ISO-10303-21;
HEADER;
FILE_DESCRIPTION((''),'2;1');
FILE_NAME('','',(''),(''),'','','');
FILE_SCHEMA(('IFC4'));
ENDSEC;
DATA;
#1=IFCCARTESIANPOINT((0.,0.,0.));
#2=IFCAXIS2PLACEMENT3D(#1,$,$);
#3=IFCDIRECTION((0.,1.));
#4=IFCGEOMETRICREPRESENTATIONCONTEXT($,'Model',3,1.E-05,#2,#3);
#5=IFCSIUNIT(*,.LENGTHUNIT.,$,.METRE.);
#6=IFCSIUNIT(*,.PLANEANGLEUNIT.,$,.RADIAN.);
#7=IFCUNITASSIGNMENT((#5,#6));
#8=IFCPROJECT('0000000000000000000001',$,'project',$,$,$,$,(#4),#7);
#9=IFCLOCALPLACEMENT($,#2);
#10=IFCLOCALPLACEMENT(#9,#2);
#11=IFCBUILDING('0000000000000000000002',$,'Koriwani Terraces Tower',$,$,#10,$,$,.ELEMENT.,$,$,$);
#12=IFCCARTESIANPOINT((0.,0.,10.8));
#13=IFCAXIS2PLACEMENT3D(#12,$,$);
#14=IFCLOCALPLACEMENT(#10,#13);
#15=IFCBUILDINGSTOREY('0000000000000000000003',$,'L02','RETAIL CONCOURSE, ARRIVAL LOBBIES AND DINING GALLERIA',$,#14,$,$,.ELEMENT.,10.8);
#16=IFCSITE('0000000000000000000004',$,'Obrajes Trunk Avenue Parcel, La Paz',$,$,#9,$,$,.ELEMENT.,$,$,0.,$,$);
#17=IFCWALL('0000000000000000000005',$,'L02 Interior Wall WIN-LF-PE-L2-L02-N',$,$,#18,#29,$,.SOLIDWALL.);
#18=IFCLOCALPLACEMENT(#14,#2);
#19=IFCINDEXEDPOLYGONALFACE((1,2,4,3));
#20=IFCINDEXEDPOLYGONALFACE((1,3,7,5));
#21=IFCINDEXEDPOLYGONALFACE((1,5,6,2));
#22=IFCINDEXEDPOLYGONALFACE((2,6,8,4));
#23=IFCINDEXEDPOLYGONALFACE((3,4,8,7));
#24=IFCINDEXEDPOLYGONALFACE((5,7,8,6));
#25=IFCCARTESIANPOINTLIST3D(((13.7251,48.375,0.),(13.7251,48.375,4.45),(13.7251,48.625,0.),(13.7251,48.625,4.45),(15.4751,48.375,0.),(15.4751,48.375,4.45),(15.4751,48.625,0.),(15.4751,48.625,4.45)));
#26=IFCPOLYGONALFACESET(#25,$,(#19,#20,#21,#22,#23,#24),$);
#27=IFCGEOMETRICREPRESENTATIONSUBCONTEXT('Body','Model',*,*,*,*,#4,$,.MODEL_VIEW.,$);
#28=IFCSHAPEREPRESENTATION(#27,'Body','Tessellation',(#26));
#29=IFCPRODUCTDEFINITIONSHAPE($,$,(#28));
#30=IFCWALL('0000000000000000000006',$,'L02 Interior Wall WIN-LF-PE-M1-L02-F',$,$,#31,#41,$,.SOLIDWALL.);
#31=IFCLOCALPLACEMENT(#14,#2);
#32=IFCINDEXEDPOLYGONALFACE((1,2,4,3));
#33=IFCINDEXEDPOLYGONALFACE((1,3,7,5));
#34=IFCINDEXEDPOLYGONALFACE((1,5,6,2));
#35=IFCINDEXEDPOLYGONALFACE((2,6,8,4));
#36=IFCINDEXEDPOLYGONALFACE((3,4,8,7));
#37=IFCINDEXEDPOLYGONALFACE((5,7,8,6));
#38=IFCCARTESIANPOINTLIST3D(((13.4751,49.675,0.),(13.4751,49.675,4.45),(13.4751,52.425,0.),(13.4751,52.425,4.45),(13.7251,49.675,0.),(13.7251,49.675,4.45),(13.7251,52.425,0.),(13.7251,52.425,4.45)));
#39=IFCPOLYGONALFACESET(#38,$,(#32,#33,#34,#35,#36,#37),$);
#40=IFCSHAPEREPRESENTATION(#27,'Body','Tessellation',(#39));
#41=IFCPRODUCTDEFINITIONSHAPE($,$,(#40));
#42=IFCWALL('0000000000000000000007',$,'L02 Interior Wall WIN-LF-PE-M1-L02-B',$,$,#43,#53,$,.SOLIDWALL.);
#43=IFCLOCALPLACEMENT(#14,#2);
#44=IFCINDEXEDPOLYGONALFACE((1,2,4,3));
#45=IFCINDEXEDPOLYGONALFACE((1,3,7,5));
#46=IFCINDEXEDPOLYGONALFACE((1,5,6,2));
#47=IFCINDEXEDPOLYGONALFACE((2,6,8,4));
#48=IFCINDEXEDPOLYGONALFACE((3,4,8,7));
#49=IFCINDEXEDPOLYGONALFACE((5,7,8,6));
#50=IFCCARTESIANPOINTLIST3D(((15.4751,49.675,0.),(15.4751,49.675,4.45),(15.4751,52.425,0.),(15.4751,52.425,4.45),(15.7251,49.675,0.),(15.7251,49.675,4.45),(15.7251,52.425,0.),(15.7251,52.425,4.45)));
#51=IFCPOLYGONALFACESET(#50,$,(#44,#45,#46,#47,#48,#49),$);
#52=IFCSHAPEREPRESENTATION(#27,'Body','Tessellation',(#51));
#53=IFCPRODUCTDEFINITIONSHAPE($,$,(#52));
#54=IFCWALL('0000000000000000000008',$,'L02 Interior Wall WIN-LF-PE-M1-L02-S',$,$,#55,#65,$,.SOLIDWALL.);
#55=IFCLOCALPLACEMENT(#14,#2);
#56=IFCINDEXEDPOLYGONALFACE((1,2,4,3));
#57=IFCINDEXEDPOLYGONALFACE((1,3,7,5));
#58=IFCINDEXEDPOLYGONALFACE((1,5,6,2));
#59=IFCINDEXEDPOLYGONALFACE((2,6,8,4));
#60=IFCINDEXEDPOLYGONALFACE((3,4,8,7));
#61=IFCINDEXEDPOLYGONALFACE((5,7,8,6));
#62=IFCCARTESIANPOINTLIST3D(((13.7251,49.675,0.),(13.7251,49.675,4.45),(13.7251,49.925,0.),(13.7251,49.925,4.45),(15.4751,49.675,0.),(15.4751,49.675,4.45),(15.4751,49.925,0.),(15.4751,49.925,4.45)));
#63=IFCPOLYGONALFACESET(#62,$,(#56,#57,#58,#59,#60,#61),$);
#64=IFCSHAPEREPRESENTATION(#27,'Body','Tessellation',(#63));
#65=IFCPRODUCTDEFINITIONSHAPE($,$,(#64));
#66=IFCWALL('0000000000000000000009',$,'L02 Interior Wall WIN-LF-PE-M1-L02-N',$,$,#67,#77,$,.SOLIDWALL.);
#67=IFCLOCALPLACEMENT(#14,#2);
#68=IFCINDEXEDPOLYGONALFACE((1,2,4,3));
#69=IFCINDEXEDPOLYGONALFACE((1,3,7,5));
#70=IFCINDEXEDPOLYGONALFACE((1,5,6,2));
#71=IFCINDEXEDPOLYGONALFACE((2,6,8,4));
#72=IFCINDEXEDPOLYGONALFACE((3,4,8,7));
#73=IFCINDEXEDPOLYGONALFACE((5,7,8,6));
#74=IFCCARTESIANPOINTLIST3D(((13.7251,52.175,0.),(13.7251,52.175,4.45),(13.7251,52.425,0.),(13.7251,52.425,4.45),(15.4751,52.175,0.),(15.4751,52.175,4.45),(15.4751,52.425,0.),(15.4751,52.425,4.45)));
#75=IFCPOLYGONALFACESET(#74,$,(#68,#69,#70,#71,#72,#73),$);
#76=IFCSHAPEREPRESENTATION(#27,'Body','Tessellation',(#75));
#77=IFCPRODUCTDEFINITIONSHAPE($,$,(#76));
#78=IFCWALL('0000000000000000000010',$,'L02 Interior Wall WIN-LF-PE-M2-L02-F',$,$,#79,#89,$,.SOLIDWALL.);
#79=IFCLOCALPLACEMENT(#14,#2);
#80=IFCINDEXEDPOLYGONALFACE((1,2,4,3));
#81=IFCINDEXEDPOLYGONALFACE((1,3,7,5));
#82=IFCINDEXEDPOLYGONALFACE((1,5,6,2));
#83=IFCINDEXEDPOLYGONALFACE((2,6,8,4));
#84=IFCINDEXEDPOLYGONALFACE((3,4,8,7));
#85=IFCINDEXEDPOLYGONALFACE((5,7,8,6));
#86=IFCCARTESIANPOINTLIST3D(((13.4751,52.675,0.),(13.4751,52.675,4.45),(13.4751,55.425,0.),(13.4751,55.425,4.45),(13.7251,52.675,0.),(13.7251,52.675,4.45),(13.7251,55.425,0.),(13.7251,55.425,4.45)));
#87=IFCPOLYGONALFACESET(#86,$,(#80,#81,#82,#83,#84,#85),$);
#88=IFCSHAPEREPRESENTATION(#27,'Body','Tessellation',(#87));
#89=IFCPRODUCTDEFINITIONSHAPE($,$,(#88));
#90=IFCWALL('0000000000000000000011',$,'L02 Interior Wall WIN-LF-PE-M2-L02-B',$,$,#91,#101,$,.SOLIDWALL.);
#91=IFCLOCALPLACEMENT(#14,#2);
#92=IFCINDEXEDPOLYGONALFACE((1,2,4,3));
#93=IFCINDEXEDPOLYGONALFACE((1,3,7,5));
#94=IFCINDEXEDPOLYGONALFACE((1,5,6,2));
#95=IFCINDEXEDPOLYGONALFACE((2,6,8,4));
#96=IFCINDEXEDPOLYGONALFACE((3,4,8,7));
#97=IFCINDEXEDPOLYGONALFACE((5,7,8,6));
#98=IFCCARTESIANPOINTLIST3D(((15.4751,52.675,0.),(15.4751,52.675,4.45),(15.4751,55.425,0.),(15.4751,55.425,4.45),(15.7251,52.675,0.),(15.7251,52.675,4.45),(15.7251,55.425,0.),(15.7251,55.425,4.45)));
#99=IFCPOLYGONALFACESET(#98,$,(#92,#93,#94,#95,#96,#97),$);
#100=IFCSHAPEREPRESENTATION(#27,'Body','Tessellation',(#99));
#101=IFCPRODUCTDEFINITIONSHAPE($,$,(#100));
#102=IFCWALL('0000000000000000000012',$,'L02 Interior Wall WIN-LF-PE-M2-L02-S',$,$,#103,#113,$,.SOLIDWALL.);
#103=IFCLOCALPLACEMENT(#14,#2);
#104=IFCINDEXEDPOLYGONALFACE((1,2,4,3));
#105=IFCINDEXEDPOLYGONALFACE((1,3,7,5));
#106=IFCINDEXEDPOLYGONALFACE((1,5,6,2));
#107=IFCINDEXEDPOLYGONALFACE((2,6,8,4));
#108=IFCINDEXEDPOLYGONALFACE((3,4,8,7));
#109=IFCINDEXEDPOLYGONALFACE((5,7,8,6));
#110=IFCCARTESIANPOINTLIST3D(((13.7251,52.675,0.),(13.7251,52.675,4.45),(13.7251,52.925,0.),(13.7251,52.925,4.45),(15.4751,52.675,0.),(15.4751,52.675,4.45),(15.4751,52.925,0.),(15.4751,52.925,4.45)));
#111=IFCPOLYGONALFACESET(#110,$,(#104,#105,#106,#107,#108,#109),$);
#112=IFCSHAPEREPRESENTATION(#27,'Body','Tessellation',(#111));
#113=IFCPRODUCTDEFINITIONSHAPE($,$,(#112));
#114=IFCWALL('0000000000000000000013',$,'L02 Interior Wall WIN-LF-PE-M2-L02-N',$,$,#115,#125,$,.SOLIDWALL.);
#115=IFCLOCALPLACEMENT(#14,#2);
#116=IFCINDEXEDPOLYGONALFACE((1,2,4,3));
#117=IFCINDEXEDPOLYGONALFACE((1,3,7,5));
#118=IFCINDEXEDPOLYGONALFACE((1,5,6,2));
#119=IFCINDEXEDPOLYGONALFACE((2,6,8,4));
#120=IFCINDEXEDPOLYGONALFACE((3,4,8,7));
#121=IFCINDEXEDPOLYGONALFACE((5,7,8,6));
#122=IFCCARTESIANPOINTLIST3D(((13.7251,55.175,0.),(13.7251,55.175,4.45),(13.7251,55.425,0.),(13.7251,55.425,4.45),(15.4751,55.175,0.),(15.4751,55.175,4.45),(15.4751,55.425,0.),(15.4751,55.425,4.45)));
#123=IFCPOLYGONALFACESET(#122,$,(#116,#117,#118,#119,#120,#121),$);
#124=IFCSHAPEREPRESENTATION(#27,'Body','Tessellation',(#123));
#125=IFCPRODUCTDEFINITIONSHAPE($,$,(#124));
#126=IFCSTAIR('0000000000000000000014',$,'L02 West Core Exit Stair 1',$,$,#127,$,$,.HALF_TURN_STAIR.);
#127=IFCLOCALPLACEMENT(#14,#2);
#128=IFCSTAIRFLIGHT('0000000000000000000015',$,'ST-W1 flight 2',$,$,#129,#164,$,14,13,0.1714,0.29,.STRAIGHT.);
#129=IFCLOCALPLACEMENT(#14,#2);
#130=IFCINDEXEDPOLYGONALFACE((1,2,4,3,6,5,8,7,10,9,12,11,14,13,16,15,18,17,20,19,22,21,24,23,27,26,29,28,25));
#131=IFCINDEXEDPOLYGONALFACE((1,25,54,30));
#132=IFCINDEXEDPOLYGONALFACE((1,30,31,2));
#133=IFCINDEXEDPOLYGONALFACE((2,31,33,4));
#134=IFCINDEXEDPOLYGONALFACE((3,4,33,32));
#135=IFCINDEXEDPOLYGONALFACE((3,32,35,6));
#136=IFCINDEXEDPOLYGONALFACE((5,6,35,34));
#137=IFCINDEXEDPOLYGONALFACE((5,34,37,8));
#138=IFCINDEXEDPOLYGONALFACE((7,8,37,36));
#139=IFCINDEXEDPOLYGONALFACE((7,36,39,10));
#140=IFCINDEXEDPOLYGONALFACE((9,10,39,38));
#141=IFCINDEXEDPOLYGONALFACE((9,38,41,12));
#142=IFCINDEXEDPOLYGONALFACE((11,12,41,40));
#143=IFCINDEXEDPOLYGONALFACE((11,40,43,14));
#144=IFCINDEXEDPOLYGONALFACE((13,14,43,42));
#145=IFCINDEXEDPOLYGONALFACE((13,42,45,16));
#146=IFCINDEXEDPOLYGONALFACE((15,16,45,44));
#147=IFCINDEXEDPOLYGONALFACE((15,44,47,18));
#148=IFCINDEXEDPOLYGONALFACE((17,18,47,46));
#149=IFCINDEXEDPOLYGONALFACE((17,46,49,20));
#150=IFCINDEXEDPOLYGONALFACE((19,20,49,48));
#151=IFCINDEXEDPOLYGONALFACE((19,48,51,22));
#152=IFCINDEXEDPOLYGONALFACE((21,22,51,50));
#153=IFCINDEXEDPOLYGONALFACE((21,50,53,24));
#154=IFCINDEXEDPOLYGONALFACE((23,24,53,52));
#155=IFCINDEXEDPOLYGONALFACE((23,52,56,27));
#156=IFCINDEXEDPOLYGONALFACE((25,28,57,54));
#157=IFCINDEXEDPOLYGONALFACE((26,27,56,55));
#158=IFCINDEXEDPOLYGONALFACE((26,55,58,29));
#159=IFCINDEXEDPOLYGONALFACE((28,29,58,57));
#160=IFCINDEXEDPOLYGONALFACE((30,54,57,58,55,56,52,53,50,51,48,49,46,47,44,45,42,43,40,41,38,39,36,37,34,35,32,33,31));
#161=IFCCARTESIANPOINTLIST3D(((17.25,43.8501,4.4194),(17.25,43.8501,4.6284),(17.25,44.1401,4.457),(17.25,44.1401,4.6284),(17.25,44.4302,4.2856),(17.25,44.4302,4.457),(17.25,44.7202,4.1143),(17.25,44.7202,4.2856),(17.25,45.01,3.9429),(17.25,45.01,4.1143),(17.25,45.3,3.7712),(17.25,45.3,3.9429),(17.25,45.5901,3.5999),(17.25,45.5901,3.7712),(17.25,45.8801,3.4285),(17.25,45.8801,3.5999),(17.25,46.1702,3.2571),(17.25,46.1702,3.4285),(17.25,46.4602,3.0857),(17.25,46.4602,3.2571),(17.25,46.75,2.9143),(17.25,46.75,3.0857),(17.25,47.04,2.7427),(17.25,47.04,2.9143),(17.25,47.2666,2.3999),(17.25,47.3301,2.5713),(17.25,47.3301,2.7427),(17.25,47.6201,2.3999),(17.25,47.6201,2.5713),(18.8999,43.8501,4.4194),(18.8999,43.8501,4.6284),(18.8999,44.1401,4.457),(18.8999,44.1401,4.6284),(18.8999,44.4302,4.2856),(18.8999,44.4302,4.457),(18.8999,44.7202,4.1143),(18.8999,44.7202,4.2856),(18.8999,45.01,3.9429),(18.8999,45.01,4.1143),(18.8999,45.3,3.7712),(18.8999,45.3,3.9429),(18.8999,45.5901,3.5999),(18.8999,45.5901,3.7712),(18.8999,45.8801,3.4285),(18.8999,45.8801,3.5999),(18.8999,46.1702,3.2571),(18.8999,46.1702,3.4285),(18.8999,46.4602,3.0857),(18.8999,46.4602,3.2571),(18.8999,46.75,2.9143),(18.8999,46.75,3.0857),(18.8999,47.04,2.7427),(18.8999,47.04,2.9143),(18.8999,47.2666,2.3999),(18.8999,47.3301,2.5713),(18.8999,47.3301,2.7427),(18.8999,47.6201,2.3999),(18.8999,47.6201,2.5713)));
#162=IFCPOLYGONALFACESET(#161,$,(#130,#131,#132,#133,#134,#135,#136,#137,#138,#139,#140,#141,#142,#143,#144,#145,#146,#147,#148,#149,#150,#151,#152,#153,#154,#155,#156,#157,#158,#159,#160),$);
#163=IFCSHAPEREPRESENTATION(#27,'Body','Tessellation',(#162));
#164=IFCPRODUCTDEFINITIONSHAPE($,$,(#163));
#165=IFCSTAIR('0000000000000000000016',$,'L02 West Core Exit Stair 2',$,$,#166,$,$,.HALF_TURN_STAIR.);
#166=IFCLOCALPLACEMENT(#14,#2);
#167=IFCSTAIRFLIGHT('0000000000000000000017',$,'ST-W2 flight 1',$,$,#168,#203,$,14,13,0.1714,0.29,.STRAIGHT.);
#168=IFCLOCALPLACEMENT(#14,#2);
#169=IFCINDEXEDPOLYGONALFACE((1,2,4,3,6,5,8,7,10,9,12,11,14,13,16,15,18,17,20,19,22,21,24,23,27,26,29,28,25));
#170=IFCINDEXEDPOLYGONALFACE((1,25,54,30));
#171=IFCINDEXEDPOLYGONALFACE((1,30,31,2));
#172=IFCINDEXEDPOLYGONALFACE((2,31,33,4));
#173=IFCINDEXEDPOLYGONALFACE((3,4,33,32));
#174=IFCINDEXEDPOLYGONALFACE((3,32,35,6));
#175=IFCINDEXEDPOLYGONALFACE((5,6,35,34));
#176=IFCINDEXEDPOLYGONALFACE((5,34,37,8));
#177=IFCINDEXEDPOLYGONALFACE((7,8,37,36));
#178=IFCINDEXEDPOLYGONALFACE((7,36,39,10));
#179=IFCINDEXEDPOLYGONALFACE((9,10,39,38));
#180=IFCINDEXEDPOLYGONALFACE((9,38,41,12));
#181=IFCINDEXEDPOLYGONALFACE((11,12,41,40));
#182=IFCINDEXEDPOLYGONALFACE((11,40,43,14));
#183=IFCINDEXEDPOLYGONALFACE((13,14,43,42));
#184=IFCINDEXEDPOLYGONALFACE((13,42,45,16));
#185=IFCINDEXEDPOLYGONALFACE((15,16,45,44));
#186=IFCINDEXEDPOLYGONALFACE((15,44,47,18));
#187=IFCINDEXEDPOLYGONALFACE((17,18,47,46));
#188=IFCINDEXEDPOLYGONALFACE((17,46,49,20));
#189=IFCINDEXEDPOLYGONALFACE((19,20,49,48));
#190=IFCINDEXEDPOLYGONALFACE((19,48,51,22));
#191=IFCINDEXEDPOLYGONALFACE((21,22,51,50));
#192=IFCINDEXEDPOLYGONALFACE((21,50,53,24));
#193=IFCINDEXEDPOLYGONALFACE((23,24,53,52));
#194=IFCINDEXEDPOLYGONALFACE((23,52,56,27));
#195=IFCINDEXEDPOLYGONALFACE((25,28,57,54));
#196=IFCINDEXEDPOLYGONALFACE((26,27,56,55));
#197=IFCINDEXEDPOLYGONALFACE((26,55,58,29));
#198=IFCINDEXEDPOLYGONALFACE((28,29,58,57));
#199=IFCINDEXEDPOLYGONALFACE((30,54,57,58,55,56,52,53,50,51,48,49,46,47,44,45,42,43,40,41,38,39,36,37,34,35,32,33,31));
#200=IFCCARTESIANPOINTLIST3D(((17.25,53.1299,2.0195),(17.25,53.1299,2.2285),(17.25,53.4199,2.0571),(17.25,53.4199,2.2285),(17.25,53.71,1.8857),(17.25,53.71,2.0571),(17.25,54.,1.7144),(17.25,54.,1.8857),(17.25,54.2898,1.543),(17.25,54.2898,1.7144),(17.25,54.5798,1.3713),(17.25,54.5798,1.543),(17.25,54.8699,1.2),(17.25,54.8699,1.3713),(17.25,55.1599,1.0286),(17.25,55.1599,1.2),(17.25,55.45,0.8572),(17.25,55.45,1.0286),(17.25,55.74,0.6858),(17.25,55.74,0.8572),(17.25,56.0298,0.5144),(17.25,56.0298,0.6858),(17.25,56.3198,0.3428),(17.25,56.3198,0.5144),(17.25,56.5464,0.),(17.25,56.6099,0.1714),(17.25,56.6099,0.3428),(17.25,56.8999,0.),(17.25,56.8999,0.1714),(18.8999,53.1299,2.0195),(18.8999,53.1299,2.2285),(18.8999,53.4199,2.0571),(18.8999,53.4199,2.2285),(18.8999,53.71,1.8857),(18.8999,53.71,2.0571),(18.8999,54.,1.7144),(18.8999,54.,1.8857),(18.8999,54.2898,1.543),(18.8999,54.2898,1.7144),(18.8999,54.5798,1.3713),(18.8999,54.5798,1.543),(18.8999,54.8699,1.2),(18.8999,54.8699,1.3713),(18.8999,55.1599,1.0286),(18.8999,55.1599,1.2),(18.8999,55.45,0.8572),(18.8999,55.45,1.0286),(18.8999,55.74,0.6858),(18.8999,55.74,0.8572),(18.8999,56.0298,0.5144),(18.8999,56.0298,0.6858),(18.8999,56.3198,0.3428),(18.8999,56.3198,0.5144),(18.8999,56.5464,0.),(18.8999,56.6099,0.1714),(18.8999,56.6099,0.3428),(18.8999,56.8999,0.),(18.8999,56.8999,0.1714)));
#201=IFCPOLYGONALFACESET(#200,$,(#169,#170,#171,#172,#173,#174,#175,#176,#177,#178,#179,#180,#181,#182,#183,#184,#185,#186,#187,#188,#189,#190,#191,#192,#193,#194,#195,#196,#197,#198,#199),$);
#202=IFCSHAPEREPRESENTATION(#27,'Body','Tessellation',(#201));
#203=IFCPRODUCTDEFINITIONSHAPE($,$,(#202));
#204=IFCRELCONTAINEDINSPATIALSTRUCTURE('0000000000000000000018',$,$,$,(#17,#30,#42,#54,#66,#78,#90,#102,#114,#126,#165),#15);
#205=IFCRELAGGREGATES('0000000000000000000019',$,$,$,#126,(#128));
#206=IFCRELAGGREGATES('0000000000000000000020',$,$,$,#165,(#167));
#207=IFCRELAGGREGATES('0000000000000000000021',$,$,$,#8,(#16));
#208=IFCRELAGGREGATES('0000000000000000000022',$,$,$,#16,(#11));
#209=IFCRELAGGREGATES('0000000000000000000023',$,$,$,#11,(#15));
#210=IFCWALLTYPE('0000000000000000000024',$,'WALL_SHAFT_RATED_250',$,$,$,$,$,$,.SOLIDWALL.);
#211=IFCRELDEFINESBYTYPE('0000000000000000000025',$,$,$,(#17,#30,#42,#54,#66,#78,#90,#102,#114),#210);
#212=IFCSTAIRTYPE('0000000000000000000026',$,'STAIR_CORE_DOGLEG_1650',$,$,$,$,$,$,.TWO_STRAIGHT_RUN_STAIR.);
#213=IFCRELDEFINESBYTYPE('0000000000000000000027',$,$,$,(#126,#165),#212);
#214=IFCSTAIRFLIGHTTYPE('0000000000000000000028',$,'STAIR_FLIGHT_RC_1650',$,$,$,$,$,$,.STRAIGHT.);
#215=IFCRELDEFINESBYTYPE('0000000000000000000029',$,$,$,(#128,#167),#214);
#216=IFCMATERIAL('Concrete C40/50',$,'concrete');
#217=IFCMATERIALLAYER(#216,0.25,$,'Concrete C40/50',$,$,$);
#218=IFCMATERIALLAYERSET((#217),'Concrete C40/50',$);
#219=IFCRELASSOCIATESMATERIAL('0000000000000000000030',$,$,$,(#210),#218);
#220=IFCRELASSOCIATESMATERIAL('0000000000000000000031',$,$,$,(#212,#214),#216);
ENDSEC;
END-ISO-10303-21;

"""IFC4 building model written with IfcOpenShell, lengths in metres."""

from ifc_helpers import new_model, si_unit, direction, frame, frame_2d, origin, place, context, subcontext, project, spatial, polyline, rectangle, outline, extrude, material, layer, layer_set, type_object, element, aggregate, save


model = new_model("IFC4")

# Units and contexts
model_context = context("Model", 3, precision=1e-05, world=origin(), true_north=direction((0.0, 1.0)))
body_context = subcontext(model_context, "Body", "Model", "MODEL_VIEW")
ifc_project = project(units=[si_unit("LENGTHUNIT", "METRE"), si_unit("PLANEANGLEUNIT", "RADIAN")], contexts=[model_context])

# Site, building, storey
site_placement = place(None, origin())
site = spatial("IfcSite", under=ifc_project, at=site_placement, Name="Obrajes Trunk Avenue Parcel, La Paz", CompositionType="ELEMENT", RefElevation=0.0)
building_placement = place(site_placement, origin())
building = spatial("IfcBuilding", under=site, at=building_placement, Name="Koriwani Terraces Tower", CompositionType="ELEMENT")
storey_placement = place(building_placement, frame((0.0, 0.0, 10.8)))
storey = spatial("IfcBuildingStorey", under=building, at=storey_placement, Name="L02", Description="RETAIL CONCOURSE, ARRIVAL LOBBIES AND DINING GALLERIA", CompositionType="ELEMENT", Elevation=10.8)

# Shared definitions
ifc_material_1 = material(Name="Concrete C40/50", Category="concrete")

# Shared definitions
ifc_layer = layer(ifc_material_1, 0.25, Name="Concrete C40/50")
ifc_layer_set = layer_set([ifc_layer], Name="Concrete C40/50")
wall_type = type_object("IfcWallType", Name="WALL_SHAFT_RATED_250", PredefinedType="SOLIDWALL", material=ifc_layer_set)

# Walls
for number, where, z_axis, x_axis, name in (
    (1, (13.7251, 48.5, 0.0), (0.0, 0.0, 1.0), (1.0, 0.0, 0.0), "L02 Interior Wall WIN-LF-PE-L2-L02-N"),
):
    element("IfcWall", number, at=place(storey_placement, frame(where, z_axis=z_axis, x_axis=x_axis)), inside=storey, type_object=wall_type, Name=name, PredefinedType="SOLIDWALL", context=body_context, shape_type="SweptSolid", body=[
        extrude(rectangle(XDim=1.75, YDim=0.25, at=frame_2d((0.875, 0.0))), origin(), (0.0, 0.0, 1.0), 4.45),
    ])
for number, where, z_axis, x_axis, name in (
    (2, (13.6001, 49.675, 0.0), (0.0, 0.0, 1.0), (0.0, 1.0, 0.0), "L02 Interior Wall WIN-LF-PE-M1-L02-F"),
    (3, (15.6001, 49.675, 0.0), (0.0, 0.0, 1.0), (0.0, 1.0, 0.0), "L02 Interior Wall WIN-LF-PE-M1-L02-B"),
):
    element("IfcWall", number, at=place(storey_placement, frame(where, z_axis=z_axis, x_axis=x_axis)), inside=storey, type_object=wall_type, Name=name, PredefinedType="SOLIDWALL", context=body_context, shape_type="SweptSolid", body=[
        extrude(rectangle(XDim=2.75, YDim=0.25, at=frame_2d((1.375, 0.0))), origin(), (0.0, 0.0, 1.0), 4.45),
    ])
for number, where, z_axis, x_axis, name in (
    (4, (13.7251, 49.8, 0.0), (0.0, 0.0, 1.0), (1.0, 0.0, 0.0), "L02 Interior Wall WIN-LF-PE-M1-L02-S"),
    (5, (13.7251, 52.3, 0.0), (0.0, 0.0, 1.0), (1.0, 0.0, 0.0), "L02 Interior Wall WIN-LF-PE-M1-L02-N"),
):
    element("IfcWall", number, at=place(storey_placement, frame(where, z_axis=z_axis, x_axis=x_axis)), inside=storey, type_object=wall_type, Name=name, PredefinedType="SOLIDWALL", context=body_context, shape_type="SweptSolid", body=[
        extrude(rectangle(XDim=1.75, YDim=0.25, at=frame_2d((0.875, 0.0))), origin(), (0.0, 0.0, 1.0), 4.45),
    ])
for number, where, z_axis, x_axis, name in (
    (6, (13.6001, 52.675, 0.0), (0.0, 0.0, 1.0), (0.0, 1.0, 0.0), "L02 Interior Wall WIN-LF-PE-M2-L02-F"),
    (7, (15.6001, 52.675, 0.0), (0.0, 0.0, 1.0), (0.0, 1.0, 0.0), "L02 Interior Wall WIN-LF-PE-M2-L02-B"),
):
    element("IfcWall", number, at=place(storey_placement, frame(where, z_axis=z_axis, x_axis=x_axis)), inside=storey, type_object=wall_type, Name=name, PredefinedType="SOLIDWALL", context=body_context, shape_type="SweptSolid", body=[
        extrude(rectangle(XDim=2.75, YDim=0.25, at=frame_2d((1.375, 0.0))), origin(), (0.0, 0.0, 1.0), 4.45),
    ])
for number, where, z_axis, x_axis, name in (
    (8, (13.7251, 52.8, 0.0), (0.0, 0.0, 1.0), (1.0, 0.0, 0.0), "L02 Interior Wall WIN-LF-PE-M2-L02-S"),
    (9, (13.7251, 55.3, 0.0), (0.0, 0.0, 1.0), (1.0, 0.0, 0.0), "L02 Interior Wall WIN-LF-PE-M2-L02-N"),
):
    element("IfcWall", number, at=place(storey_placement, frame(where, z_axis=z_axis, x_axis=x_axis)), inside=storey, type_object=wall_type, Name=name, PredefinedType="SOLIDWALL", context=body_context, shape_type="SweptSolid", body=[
        extrude(rectangle(XDim=1.75, YDim=0.25, at=frame_2d((0.875, 0.0))), origin(), (0.0, 0.0, 1.0), 4.45),
    ])

# Stairs, stair flights
stair_type = type_object("IfcStairType", Name="STAIR_CORE_DOGLEG_1650", PredefinedType="TWO_STRAIGHT_RUN_STAIR", material=ifc_material_1)
stair_1_placement = place(storey_placement, origin())
stair_1 = element("IfcStair", 10, at=stair_1_placement, inside=storey, type_object=stair_type, Name="L02 West Core Exit Stair 1", PredefinedType="HALF_TURN_STAIR")
stair_flight_type = type_object("IfcStairFlightType", Name="STAIR_FLIGHT_RC_1650", PredefinedType="STRAIGHT", material=ifc_material_1)
stair_flight_1_placement = place(storey_placement, frame((18.075, 47.6201, 2.3999), z_axis=(0.0, 0.0, 1.0), x_axis=(0.0, -1.0, 0.0)))
stair_flight_1 = element("IfcStairFlight", 11, at=stair_flight_1_placement, type_object=stair_flight_type, Name="ST-W1 flight 2", NumberOfRisers=14, NumberOfTreads=13, PredefinedType="STRAIGHT", RiserHeight=0.1714, TreadLength=0.29, context=body_context, shape_type="SweptSolid", body=[
    extrude(outline(polyline([(0.0, 0.0), (0.0, 0.1714), (0.29, 0.1714), (0.29, 0.3428), (0.5801, 0.3428), (0.5801, 0.5144), (0.8701, 0.5144), (0.8701, 0.6858), (1.1599, 0.6858), (1.1599, 0.8572), (1.45, 0.8572), (1.45, 1.0286), (1.74, 1.0286), (1.74, 1.2), (2.03, 1.2), (2.03, 1.3713), (2.3201, 1.3713), (2.3201, 1.543), (2.6101, 1.543), (2.6101, 1.7144), (2.8999, 1.7144), (2.8999, 1.8857), (3.1899, 1.8857), (3.1899, 2.0571), (3.48, 2.0571), (3.48, 2.2285), (3.77, 2.2285), (3.77, 2.3999), (3.77, 2.0195), (0.3535, 0.0), (0.0, 0.0)])), frame((0.0, 0.825, 0.0), z_axis=(0.0, -1.0, 0.0), x_axis=(1.0, 0.0, 0.0)), (0.0, 0.0, 1.0), 1.6499),
])
aggregate(stair_1, [stair_flight_1])
stair_2_placement = place(storey_placement, origin())
stair_2 = element("IfcStair", 12, at=stair_2_placement, inside=storey, type_object=stair_type, Name="L02 West Core Exit Stair 2", PredefinedType="HALF_TURN_STAIR")
stair_flight_2_placement = place(storey_placement, frame((18.075, 56.8999, 0.0), z_axis=(0.0, 0.0, 1.0), x_axis=(0.0, -1.0, 0.0)))
stair_flight_2 = element("IfcStairFlight", 13, at=stair_flight_2_placement, type_object=stair_flight_type, Name="ST-W2 flight 1", NumberOfRisers=14, NumberOfTreads=13, PredefinedType="STRAIGHT", RiserHeight=0.1714, TreadLength=0.29, context=body_context, shape_type="SweptSolid", body=[
    extrude(outline(polyline([(0.0, 0.0), (0.0, 0.1714), (0.29, 0.1714), (0.29, 0.3428), (0.5801, 0.3428), (0.5801, 0.5144), (0.8701, 0.5144), (0.8701, 0.6858), (1.1599, 0.6858), (1.1599, 0.8572), (1.45, 0.8572), (1.45, 1.0286), (1.74, 1.0286), (1.74, 1.2), (2.03, 1.2), (2.03, 1.3713), (2.3201, 1.3713), (2.3201, 1.543), (2.6101, 1.543), (2.6101, 1.7144), (2.8999, 1.7144), (2.8999, 1.8857), (3.1899, 1.8857), (3.1899, 2.0571), (3.48, 2.0571), (3.48, 2.2285), (3.77, 2.2285), (3.77, 2.3999), (3.77, 2.0195), (0.3535, 0.0), (0.0, 0.0)])), frame((0.0, 0.825, 0.0), z_axis=(0.0, -1.0, 0.0), x_axis=(1.0, 0.0, 0.0)), (0.0, 0.0, 1.0), 1.6499),
])
aggregate(stair_2, [stair_flight_2])

save(model, "model.ifc")
